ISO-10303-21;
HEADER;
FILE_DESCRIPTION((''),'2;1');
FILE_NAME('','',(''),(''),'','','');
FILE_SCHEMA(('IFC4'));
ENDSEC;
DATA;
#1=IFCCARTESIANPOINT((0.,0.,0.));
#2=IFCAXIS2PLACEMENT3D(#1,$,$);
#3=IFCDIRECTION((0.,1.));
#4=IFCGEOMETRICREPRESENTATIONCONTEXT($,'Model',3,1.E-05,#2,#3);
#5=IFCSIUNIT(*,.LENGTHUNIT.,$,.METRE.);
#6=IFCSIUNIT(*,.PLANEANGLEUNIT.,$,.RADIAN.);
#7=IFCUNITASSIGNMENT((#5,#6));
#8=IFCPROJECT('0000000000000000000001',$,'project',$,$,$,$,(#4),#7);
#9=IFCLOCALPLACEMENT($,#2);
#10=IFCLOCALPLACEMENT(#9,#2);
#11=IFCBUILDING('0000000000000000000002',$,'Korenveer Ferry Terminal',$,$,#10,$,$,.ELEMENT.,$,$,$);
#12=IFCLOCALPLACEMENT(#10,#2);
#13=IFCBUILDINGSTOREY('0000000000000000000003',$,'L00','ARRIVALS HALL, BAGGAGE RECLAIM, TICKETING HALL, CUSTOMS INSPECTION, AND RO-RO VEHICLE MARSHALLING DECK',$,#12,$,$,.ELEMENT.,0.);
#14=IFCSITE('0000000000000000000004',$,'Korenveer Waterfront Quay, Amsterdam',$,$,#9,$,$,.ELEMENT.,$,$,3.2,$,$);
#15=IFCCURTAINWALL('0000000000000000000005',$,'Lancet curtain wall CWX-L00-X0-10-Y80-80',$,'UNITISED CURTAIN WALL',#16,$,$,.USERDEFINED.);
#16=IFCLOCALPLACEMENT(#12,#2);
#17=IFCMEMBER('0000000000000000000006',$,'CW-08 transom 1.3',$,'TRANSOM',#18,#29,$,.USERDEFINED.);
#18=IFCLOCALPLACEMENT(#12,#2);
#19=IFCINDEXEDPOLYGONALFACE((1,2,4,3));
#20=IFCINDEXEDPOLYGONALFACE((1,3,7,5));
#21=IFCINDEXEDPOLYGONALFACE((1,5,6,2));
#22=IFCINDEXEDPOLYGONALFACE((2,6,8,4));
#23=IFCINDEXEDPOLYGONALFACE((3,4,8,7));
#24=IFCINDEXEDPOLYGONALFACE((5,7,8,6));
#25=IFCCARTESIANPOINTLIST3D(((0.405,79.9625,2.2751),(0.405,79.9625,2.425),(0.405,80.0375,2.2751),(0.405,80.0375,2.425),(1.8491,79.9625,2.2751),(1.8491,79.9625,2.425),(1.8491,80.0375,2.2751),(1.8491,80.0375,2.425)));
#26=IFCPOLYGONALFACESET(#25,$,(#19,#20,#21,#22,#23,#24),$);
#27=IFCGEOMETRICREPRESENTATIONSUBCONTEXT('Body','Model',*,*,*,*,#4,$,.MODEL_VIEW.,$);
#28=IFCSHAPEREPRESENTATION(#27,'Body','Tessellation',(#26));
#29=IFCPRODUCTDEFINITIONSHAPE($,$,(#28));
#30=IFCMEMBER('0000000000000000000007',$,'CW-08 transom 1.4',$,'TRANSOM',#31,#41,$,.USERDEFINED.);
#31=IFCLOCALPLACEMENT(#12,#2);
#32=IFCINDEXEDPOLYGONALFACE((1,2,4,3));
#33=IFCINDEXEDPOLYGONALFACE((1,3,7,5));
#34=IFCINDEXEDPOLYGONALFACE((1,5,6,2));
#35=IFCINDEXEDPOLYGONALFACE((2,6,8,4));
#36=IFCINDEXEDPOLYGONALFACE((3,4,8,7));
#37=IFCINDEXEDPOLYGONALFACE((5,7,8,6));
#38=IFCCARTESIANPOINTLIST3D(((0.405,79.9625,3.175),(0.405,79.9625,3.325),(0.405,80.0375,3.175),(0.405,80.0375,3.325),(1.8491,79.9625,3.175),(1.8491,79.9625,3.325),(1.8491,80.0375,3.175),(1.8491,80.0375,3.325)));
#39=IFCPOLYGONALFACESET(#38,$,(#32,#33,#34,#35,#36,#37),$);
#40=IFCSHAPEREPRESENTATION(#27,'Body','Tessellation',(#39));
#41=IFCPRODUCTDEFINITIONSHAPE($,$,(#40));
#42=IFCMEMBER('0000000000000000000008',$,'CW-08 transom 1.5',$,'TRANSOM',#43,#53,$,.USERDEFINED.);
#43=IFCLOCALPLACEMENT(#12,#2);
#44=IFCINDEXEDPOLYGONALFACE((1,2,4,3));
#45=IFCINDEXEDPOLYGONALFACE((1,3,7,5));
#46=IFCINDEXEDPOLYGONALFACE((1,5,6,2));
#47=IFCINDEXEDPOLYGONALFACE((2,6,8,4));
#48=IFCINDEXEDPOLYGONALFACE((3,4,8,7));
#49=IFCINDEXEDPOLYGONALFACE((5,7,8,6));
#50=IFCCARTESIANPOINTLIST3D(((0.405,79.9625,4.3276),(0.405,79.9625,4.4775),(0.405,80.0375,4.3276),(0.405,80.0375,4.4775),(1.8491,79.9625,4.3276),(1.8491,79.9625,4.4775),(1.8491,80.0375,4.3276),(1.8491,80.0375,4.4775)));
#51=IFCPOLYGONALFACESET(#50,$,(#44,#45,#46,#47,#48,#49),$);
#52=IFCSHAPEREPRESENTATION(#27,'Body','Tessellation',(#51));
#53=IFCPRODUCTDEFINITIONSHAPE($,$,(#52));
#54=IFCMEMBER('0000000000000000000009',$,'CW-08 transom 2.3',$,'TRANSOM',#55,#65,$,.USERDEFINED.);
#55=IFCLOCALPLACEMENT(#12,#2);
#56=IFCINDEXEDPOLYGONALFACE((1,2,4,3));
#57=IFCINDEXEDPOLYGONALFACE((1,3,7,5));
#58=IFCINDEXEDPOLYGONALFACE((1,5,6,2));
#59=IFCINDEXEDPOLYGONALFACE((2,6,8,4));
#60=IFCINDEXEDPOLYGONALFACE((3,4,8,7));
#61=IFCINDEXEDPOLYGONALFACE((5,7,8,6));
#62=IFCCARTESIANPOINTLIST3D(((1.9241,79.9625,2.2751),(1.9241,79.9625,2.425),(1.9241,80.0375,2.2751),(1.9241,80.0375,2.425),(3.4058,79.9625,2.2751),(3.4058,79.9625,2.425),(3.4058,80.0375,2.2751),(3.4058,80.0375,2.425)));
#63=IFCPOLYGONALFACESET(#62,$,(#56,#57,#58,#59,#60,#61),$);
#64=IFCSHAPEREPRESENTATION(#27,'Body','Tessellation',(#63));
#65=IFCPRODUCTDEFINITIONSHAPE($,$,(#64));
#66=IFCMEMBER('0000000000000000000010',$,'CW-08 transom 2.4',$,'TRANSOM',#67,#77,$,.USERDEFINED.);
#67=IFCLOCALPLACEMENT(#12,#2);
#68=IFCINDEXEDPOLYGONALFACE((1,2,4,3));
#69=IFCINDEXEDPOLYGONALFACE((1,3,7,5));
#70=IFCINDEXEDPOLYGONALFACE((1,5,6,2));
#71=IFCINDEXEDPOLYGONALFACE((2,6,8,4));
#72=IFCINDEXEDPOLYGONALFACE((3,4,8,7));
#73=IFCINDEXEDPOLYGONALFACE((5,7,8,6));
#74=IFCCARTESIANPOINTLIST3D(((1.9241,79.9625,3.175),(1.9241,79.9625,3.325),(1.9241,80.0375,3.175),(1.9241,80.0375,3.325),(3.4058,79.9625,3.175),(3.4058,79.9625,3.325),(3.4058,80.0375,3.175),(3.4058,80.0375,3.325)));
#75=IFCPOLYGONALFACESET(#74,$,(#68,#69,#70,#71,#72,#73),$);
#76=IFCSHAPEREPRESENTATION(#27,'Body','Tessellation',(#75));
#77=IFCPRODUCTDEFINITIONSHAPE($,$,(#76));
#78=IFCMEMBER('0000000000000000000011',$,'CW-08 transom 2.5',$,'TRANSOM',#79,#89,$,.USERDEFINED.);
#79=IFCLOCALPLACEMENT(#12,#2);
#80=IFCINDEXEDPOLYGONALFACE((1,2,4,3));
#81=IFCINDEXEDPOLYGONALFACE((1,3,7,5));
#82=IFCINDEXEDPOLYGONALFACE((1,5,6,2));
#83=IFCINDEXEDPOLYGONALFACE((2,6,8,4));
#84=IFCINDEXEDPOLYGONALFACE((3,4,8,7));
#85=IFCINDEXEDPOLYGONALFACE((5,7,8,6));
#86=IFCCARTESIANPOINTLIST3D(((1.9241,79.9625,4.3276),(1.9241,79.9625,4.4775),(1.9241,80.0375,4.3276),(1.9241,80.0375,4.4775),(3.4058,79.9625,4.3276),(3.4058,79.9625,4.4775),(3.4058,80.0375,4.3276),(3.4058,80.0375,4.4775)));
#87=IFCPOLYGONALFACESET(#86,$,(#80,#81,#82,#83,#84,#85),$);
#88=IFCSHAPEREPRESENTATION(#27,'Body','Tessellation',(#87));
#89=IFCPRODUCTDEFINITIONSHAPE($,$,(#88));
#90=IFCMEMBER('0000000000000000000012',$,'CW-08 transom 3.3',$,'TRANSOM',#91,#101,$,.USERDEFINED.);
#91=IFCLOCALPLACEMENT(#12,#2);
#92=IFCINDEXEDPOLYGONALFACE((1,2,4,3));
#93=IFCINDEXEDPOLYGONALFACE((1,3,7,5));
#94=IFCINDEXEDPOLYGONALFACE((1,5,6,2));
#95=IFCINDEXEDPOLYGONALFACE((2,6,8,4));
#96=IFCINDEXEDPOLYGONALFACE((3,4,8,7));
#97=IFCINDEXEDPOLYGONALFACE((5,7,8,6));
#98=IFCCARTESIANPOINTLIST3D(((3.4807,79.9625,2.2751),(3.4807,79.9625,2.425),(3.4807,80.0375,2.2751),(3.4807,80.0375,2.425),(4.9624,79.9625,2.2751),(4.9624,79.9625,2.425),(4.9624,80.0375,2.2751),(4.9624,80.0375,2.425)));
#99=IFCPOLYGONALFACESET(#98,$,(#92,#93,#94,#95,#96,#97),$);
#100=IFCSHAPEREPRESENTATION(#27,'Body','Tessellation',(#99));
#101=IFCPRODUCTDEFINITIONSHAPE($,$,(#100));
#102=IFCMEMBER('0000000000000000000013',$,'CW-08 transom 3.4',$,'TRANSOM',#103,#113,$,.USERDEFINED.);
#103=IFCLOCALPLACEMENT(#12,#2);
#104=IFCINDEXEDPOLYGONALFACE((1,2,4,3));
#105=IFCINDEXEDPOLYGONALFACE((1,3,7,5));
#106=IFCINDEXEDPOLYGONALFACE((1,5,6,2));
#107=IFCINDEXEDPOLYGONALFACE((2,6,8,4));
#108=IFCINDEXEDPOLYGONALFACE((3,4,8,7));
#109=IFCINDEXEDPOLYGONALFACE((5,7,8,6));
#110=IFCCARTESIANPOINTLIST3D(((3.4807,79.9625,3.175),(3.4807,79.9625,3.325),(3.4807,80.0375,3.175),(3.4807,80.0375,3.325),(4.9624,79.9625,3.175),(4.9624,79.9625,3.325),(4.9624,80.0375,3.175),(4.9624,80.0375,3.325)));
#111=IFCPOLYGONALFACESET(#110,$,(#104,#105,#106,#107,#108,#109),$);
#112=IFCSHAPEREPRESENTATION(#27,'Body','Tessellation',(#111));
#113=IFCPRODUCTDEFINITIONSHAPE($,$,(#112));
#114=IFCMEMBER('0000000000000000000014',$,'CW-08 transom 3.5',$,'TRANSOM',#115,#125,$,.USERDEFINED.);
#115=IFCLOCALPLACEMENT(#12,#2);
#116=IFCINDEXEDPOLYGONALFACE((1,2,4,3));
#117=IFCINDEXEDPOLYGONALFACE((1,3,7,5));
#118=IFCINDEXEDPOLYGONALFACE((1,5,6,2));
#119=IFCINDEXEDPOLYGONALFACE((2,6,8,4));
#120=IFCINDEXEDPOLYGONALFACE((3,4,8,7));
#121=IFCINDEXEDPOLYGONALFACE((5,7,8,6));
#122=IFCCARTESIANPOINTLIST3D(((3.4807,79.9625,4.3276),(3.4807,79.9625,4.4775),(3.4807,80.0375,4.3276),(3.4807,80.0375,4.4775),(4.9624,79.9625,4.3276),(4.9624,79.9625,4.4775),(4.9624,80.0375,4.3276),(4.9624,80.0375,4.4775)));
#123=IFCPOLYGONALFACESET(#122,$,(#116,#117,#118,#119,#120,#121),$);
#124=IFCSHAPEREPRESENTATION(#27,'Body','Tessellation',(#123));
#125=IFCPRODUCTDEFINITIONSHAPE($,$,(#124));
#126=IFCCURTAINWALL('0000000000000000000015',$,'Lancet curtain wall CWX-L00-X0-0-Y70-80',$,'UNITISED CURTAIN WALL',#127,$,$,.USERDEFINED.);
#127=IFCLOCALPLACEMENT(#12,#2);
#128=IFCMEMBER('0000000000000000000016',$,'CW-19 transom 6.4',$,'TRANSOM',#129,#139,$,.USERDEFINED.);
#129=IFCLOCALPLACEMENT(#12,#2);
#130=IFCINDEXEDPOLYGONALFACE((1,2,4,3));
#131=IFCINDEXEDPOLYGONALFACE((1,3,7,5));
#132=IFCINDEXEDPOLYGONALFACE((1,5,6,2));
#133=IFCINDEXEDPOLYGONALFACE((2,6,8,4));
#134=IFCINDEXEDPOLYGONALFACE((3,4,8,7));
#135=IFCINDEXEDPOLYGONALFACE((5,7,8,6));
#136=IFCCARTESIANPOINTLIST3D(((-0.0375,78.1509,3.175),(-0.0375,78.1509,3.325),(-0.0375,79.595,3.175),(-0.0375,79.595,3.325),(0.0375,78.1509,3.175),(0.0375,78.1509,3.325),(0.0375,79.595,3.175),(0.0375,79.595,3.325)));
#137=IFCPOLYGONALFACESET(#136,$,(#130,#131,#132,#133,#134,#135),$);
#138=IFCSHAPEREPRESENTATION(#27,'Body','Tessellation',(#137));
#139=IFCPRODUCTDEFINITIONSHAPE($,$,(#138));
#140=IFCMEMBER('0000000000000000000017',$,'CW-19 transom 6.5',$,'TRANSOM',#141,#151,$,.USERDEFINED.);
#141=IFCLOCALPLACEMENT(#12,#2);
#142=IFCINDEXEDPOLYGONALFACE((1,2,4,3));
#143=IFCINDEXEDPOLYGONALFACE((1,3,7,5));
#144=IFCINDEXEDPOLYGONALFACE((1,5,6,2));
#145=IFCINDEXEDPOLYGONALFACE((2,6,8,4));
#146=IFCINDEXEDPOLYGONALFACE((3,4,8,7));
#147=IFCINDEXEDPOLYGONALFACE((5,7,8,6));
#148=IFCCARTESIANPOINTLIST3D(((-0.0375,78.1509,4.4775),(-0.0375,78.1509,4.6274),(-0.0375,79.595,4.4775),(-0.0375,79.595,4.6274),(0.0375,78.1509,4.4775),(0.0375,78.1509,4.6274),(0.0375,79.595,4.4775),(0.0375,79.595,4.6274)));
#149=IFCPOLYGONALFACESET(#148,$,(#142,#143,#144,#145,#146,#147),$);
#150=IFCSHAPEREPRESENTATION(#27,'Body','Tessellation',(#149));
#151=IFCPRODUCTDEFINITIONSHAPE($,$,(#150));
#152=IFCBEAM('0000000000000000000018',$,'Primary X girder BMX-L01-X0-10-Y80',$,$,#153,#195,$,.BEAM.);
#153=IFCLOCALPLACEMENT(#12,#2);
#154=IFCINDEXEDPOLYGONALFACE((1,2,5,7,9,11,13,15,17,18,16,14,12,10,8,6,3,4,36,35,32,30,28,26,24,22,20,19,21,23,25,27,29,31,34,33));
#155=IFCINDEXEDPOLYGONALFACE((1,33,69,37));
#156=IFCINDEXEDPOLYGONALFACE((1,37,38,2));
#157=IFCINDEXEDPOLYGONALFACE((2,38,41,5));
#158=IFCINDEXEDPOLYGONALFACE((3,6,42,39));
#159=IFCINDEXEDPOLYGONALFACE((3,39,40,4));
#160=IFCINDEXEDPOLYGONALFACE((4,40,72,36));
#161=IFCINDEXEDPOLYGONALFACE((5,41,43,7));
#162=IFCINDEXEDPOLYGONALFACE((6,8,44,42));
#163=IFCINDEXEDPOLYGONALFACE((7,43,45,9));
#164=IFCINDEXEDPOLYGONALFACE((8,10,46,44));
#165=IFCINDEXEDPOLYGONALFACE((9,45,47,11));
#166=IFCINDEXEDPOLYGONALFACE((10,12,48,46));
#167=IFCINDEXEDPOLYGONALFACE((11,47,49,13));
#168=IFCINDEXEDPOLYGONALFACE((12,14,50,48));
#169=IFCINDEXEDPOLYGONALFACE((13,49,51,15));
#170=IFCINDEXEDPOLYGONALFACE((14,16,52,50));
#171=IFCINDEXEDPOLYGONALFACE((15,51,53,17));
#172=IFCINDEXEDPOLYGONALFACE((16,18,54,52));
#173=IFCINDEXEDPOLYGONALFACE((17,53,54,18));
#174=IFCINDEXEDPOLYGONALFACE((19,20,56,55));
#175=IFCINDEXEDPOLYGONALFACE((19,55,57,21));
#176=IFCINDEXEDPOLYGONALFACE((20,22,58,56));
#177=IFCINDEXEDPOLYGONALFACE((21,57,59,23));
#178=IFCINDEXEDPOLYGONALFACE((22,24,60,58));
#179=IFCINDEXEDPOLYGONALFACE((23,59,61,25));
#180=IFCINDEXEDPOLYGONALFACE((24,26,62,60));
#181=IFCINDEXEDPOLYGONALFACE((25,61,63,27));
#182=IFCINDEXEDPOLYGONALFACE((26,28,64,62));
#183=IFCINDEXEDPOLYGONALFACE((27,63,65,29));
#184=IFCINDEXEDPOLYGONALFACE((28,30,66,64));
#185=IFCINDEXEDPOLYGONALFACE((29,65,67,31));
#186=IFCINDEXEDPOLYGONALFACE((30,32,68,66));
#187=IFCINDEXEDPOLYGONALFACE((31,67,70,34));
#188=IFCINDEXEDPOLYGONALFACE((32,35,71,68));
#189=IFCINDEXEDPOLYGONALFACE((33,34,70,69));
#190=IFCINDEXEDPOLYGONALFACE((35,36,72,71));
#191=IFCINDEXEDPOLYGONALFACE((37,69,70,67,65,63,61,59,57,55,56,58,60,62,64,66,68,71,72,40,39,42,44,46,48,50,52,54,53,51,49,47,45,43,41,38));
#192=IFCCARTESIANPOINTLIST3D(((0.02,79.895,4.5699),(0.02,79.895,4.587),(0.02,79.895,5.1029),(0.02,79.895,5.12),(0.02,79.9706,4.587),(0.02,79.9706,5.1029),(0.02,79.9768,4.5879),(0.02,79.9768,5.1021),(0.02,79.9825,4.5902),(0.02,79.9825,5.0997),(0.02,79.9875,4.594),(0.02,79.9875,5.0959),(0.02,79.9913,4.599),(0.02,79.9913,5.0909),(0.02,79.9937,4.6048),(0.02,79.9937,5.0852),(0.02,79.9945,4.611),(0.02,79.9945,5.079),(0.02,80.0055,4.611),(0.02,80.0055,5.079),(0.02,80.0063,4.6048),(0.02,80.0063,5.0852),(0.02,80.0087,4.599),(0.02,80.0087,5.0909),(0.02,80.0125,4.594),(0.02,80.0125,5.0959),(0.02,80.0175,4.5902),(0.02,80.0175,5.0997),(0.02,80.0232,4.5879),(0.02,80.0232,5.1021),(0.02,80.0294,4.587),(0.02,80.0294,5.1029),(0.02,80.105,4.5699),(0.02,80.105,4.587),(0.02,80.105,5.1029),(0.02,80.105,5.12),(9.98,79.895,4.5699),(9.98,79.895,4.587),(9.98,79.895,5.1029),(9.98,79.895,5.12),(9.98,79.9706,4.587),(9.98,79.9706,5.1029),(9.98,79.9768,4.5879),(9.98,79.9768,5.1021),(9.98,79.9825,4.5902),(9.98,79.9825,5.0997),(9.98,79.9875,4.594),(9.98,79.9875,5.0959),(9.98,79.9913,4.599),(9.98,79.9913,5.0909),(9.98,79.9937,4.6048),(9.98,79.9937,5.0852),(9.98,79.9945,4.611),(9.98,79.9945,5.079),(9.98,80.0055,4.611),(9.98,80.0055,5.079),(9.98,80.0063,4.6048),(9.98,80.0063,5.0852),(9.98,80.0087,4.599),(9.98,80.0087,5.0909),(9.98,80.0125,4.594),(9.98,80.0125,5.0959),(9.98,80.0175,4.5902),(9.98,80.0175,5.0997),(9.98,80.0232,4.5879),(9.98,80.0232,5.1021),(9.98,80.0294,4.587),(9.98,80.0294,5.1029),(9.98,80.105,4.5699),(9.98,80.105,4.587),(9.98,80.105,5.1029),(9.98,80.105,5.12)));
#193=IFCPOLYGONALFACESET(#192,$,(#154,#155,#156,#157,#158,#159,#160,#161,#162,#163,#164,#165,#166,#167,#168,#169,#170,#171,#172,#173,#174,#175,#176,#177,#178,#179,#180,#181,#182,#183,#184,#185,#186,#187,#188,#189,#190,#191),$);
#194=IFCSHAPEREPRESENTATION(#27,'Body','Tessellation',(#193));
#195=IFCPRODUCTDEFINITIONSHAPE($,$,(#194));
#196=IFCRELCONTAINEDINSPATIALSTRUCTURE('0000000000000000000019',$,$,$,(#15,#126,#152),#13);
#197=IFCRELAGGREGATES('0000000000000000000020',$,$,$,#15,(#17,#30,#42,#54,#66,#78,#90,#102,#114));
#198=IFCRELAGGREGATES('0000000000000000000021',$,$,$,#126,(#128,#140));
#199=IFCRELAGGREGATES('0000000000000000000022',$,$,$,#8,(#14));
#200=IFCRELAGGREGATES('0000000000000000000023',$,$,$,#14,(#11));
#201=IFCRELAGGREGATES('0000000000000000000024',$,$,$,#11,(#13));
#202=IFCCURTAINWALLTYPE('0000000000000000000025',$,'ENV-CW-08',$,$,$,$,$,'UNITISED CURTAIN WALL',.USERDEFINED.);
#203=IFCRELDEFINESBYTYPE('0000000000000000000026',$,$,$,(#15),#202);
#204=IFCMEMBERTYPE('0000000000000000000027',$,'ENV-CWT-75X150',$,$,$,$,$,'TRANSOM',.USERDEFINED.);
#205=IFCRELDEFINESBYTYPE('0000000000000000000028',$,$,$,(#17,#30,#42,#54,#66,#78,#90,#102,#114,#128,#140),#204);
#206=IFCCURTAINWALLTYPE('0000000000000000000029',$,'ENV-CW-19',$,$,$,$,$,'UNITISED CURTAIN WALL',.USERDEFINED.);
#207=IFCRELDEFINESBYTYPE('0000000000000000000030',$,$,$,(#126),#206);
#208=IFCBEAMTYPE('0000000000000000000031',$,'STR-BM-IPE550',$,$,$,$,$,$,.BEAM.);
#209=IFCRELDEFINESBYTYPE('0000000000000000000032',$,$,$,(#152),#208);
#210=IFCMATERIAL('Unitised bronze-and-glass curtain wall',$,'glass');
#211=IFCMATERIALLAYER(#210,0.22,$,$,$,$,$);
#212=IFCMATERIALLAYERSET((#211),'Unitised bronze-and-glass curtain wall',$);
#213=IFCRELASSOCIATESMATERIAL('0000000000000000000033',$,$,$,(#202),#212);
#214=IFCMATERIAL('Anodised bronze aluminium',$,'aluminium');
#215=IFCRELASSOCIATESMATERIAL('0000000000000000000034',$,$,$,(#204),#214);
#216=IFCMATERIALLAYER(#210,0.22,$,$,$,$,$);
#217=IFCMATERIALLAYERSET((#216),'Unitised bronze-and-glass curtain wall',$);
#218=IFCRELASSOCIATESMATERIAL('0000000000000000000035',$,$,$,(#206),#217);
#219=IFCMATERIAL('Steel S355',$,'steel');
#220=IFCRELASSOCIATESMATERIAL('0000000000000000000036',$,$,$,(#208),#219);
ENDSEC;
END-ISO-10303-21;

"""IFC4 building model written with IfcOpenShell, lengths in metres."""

from ifc_helpers import new_model, si_unit, direction, frame, origin, origin_2d, place, context, subcontext, project, spatial, rectangle, i_section, extrude, material, layer, layer_set, material_profile, profile_set, type_object, element, aggregate, save


model = new_model("IFC4")

# Units and contexts
model_context = context("Model", 3, precision=1e-05, world=origin(), true_north=direction((0.0, 1.0)))
body_context = subcontext(model_context, "Body", "Model", "MODEL_VIEW")
ifc_project = project(units=[si_unit("LENGTHUNIT", "METRE"), si_unit("PLANEANGLEUNIT", "RADIAN")], contexts=[model_context])

# Site, building, storey
site_placement = place(None, origin())
site = spatial("IfcSite", under=ifc_project, at=site_placement, Name="Korenveer Waterfront Quay, Amsterdam", CompositionType="ELEMENT", RefElevation=3.2)
building_placement = place(site_placement, origin())
building = spatial("IfcBuilding", under=site, at=building_placement, Name="Korenveer Ferry Terminal", CompositionType="ELEMENT")
storey_placement = place(building_placement, origin())
storey = spatial("IfcBuildingStorey", under=building, at=storey_placement, Name="L00", Description="ARRIVALS HALL, BAGGAGE RECLAIM, TICKETING HALL, CUSTOMS INSPECTION, AND RO-RO VEHICLE MARSHALLING DECK", CompositionType="ELEMENT", Elevation=0.0)

# Curtain walls, members
ifc_material_1 = material(Name="Unitised bronze-and-glass curtain wall", Category="glass")
ifc_layer_1 = layer(ifc_material_1, 0.22)
ifc_layer_set_1 = layer_set([ifc_layer_1], Name="Unitised bronze-and-glass curtain wall")
curtain_wall_type_1 = type_object("IfcCurtainWallType", Name="ENV-CW-08", ElementType="UNITISED CURTAIN WALL", PredefinedType="USERDEFINED", material=ifc_layer_set_1)
curtain_wall_1_placement = place(storey_placement, frame((0.3301, 80.0, 0.0)))
curtain_wall_1 = element("IfcCurtainWall", 1, at=curtain_wall_1_placement, inside=storey, type_object=curtain_wall_type_1, Name="Lancet curtain wall CWX-L00-X0-10-Y80-80", ObjectType="UNITISED CURTAIN WALL", PredefinedType="USERDEFINED")
ifc_material_2 = material(Name="Anodised bronze aluminium", Category="aluminium")
ifc_material_profile_1 = material_profile(ifc_material_2, rectangle(XDim=0.075, YDim=0.1499, at=origin_2d()), Name="ALU 75x150")
ifc_profile_set_1 = profile_set([ifc_material_profile_1], Name="Anodised bronze aluminium")
member_type = type_object("IfcMemberType", Name="ENV-CWT-75X150", ElementType="TRANSOM", PredefinedType="USERDEFINED", material=ifc_profile_set_1)
member_1_placement = place(storey_placement, frame((0.405, 80.0, 2.3501), z_axis=(1.0, 0.0, 0.0), x_axis=(0.0, 1.0, 0.0)))
member_1 = element("IfcMember", 2, at=member_1_placement, type_object=member_type, Name="CW-08 transom 1.3", ObjectType="TRANSOM", PredefinedType="USERDEFINED", context=body_context, shape_type="SweptSolid", body=[
    extrude(rectangle(XDim=0.075, YDim=0.1499, at=origin_2d()), origin(), (0.0, 0.0, 1.0), 1.4441),
])
member_2_placement = place(storey_placement, frame((0.405, 80.0, 3.25), z_axis=(1.0, 0.0, 0.0), x_axis=(0.0, 1.0, 0.0)))
member_2 = element("IfcMember", 3, at=member_2_placement, type_object=member_type, Name="CW-08 transom 1.4", ObjectType="TRANSOM", PredefinedType="USERDEFINED", context=body_context, shape_type="SweptSolid", body=[
    extrude(rectangle(XDim=0.075, YDim=0.1499, at=origin_2d()), origin(), (0.0, 0.0, 1.0), 1.4441),
])
member_3_placement = place(storey_placement, frame((0.405, 80.0, 4.4026), z_axis=(1.0, 0.0, 0.0), x_axis=(0.0, 1.0, 0.0)))
member_3 = element("IfcMember", 4, at=member_3_placement, type_object=member_type, Name="CW-08 transom 1.5", ObjectType="TRANSOM", PredefinedType="USERDEFINED", context=body_context, shape_type="SweptSolid", body=[
    extrude(rectangle(XDim=0.075, YDim=0.1499, at=origin_2d()), origin(), (0.0, 0.0, 1.0), 1.4441),
])
member_4_placement = place(storey_placement, frame((1.9241, 80.0, 2.3501), z_axis=(1.0, 0.0, 0.0), x_axis=(0.0, 1.0, 0.0)))
member_4 = element("IfcMember", 5, at=member_4_placement, type_object=member_type, Name="CW-08 transom 2.3", ObjectType="TRANSOM", PredefinedType="USERDEFINED", context=body_context, shape_type="SweptSolid", body=[
    extrude(rectangle(XDim=0.075, YDim=0.1499, at=origin_2d()), origin(), (0.0, 0.0, 1.0), 1.4817),
])
member_5_placement = place(storey_placement, frame((1.9241, 80.0, 3.25), z_axis=(1.0, 0.0, 0.0), x_axis=(0.0, 1.0, 0.0)))
member_5 = element("IfcMember", 6, at=member_5_placement, type_object=member_type, Name="CW-08 transom 2.4", ObjectType="TRANSOM", PredefinedType="USERDEFINED", context=body_context, shape_type="SweptSolid", body=[
    extrude(rectangle(XDim=0.075, YDim=0.1499, at=origin_2d()), origin(), (0.0, 0.0, 1.0), 1.4817),
])
member_6_placement = place(storey_placement, frame((1.9241, 80.0, 4.4026), z_axis=(1.0, 0.0, 0.0), x_axis=(0.0, 1.0, 0.0)))
member_6 = element("IfcMember", 7, at=member_6_placement, type_object=member_type, Name="CW-08 transom 2.5", ObjectType="TRANSOM", PredefinedType="USERDEFINED", context=body_context, shape_type="SweptSolid", body=[
    extrude(rectangle(XDim=0.075, YDim=0.1499, at=origin_2d()), origin(), (0.0, 0.0, 1.0), 1.4817),
])
member_7_placement = place(storey_placement, frame((3.4807, 80.0, 2.3501), z_axis=(1.0, 0.0, 0.0), x_axis=(0.0, 1.0, 0.0)))
member_7 = element("IfcMember", 8, at=member_7_placement, type_object=member_type, Name="CW-08 transom 3.3", ObjectType="TRANSOM", PredefinedType="USERDEFINED", context=body_context, shape_type="SweptSolid", body=[
    extrude(rectangle(XDim=0.075, YDim=0.1499, at=origin_2d()), origin(), (0.0, 0.0, 1.0), 1.4817),
])
member_8_placement = place(storey_placement, frame((3.4807, 80.0, 3.25), z_axis=(1.0, 0.0, 0.0), x_axis=(0.0, 1.0, 0.0)))
member_8 = element("IfcMember", 9, at=member_8_placement, type_object=member_type, Name="CW-08 transom 3.4", ObjectType="TRANSOM", PredefinedType="USERDEFINED", context=body_context, shape_type="SweptSolid", body=[
    extrude(rectangle(XDim=0.075, YDim=0.1499, at=origin_2d()), origin(), (0.0, 0.0, 1.0), 1.4817),
])
member_9_placement = place(storey_placement, frame((3.4807, 80.0, 4.4026), z_axis=(1.0, 0.0, 0.0), x_axis=(0.0, 1.0, 0.0)))
member_9 = element("IfcMember", 10, at=member_9_placement, type_object=member_type, Name="CW-08 transom 3.5", ObjectType="TRANSOM", PredefinedType="USERDEFINED", context=body_context, shape_type="SweptSolid", body=[
    extrude(rectangle(XDim=0.075, YDim=0.1499, at=origin_2d()), origin(), (0.0, 0.0, 1.0), 1.4817),
])
ifc_layer_2 = layer(ifc_material_1, 0.22)
ifc_layer_set_2 = layer_set([ifc_layer_2], Name="Unitised bronze-and-glass curtain wall")
curtain_wall_type_2 = type_object("IfcCurtainWallType", Name="ENV-CW-19", ElementType="UNITISED CURTAIN WALL", PredefinedType="USERDEFINED", material=ifc_layer_set_2)
curtain_wall_2_placement = place(storey_placement, frame((0.0, 70.3301, 0.0)))
curtain_wall_2 = element("IfcCurtainWall", 11, at=curtain_wall_2_placement, inside=storey, type_object=curtain_wall_type_2, Name="Lancet curtain wall CWX-L00-X0-0-Y70-80", ObjectType="UNITISED CURTAIN WALL", PredefinedType="USERDEFINED")
member_10_placement = place(storey_placement, frame((0.0, 78.1509, 3.25), z_axis=(0.0, 1.0, 0.0), x_axis=(-1.0, 0.0, 0.0)))
member_10 = element("IfcMember", 12, at=member_10_placement, type_object=member_type, Name="CW-19 transom 6.4", ObjectType="TRANSOM", PredefinedType="USERDEFINED", context=body_context, shape_type="SweptSolid", body=[
    extrude(rectangle(XDim=0.075, YDim=0.1499, at=origin_2d()), origin(), (0.0, 0.0, 1.0), 1.4441),
])
member_11_placement = place(storey_placement, frame((0.0, 78.1509, 4.5525), z_axis=(0.0, 1.0, 0.0), x_axis=(-1.0, 0.0, 0.0)))
member_11 = element("IfcMember", 13, at=member_11_placement, type_object=member_type, Name="CW-19 transom 6.5", ObjectType="TRANSOM", PredefinedType="USERDEFINED", context=body_context, shape_type="SweptSolid", body=[
    extrude(rectangle(XDim=0.075, YDim=0.1499, at=origin_2d()), origin(), (0.0, 0.0, 1.0), 1.4441),
])

# Beam
ifc_material_3 = material(Name="Steel S355", Category="steel")
ifc_material_profile_2 = material_profile(ifc_material_3, i_section(OverallWidth=0.21, OverallDepth=0.55, WebThickness=0.011, FlangeThickness=0.0171, FilletRadius=0.0239, at=origin_2d()), Name="IPE 550")
ifc_profile_set_2 = profile_set([ifc_material_profile_2], Name="Steel S355")
beam_type = type_object("IfcBeamType", Name="STR-BM-IPE550", PredefinedType="BEAM", material=ifc_profile_set_2)
beam_placement = place(storey_placement, frame((0.02, 80.0, 4.845), z_axis=(1.0, 0.0, 0.0), x_axis=(0.0, 1.0, 0.0)))
element("IfcBeam", 14, at=beam_placement, inside=storey, type_object=beam_type, Name="Primary X girder BMX-L01-X0-10-Y80", PredefinedType="BEAM", context=body_context, shape_type="SweptSolid", body=[
    extrude(i_section(OverallWidth=0.21, OverallDepth=0.55, WebThickness=0.011, FlangeThickness=0.0171, FilletRadius=0.0239, at=origin_2d()), origin(), (0.0, 0.0, 1.0), 9.96),
])

aggregate(curtain_wall_1, [member_1, member_2, member_3, member_4, member_5, member_6, member_7, member_8, member_9])
aggregate(curtain_wall_2, [member_10, member_11])

save(model, "model.ifc")
